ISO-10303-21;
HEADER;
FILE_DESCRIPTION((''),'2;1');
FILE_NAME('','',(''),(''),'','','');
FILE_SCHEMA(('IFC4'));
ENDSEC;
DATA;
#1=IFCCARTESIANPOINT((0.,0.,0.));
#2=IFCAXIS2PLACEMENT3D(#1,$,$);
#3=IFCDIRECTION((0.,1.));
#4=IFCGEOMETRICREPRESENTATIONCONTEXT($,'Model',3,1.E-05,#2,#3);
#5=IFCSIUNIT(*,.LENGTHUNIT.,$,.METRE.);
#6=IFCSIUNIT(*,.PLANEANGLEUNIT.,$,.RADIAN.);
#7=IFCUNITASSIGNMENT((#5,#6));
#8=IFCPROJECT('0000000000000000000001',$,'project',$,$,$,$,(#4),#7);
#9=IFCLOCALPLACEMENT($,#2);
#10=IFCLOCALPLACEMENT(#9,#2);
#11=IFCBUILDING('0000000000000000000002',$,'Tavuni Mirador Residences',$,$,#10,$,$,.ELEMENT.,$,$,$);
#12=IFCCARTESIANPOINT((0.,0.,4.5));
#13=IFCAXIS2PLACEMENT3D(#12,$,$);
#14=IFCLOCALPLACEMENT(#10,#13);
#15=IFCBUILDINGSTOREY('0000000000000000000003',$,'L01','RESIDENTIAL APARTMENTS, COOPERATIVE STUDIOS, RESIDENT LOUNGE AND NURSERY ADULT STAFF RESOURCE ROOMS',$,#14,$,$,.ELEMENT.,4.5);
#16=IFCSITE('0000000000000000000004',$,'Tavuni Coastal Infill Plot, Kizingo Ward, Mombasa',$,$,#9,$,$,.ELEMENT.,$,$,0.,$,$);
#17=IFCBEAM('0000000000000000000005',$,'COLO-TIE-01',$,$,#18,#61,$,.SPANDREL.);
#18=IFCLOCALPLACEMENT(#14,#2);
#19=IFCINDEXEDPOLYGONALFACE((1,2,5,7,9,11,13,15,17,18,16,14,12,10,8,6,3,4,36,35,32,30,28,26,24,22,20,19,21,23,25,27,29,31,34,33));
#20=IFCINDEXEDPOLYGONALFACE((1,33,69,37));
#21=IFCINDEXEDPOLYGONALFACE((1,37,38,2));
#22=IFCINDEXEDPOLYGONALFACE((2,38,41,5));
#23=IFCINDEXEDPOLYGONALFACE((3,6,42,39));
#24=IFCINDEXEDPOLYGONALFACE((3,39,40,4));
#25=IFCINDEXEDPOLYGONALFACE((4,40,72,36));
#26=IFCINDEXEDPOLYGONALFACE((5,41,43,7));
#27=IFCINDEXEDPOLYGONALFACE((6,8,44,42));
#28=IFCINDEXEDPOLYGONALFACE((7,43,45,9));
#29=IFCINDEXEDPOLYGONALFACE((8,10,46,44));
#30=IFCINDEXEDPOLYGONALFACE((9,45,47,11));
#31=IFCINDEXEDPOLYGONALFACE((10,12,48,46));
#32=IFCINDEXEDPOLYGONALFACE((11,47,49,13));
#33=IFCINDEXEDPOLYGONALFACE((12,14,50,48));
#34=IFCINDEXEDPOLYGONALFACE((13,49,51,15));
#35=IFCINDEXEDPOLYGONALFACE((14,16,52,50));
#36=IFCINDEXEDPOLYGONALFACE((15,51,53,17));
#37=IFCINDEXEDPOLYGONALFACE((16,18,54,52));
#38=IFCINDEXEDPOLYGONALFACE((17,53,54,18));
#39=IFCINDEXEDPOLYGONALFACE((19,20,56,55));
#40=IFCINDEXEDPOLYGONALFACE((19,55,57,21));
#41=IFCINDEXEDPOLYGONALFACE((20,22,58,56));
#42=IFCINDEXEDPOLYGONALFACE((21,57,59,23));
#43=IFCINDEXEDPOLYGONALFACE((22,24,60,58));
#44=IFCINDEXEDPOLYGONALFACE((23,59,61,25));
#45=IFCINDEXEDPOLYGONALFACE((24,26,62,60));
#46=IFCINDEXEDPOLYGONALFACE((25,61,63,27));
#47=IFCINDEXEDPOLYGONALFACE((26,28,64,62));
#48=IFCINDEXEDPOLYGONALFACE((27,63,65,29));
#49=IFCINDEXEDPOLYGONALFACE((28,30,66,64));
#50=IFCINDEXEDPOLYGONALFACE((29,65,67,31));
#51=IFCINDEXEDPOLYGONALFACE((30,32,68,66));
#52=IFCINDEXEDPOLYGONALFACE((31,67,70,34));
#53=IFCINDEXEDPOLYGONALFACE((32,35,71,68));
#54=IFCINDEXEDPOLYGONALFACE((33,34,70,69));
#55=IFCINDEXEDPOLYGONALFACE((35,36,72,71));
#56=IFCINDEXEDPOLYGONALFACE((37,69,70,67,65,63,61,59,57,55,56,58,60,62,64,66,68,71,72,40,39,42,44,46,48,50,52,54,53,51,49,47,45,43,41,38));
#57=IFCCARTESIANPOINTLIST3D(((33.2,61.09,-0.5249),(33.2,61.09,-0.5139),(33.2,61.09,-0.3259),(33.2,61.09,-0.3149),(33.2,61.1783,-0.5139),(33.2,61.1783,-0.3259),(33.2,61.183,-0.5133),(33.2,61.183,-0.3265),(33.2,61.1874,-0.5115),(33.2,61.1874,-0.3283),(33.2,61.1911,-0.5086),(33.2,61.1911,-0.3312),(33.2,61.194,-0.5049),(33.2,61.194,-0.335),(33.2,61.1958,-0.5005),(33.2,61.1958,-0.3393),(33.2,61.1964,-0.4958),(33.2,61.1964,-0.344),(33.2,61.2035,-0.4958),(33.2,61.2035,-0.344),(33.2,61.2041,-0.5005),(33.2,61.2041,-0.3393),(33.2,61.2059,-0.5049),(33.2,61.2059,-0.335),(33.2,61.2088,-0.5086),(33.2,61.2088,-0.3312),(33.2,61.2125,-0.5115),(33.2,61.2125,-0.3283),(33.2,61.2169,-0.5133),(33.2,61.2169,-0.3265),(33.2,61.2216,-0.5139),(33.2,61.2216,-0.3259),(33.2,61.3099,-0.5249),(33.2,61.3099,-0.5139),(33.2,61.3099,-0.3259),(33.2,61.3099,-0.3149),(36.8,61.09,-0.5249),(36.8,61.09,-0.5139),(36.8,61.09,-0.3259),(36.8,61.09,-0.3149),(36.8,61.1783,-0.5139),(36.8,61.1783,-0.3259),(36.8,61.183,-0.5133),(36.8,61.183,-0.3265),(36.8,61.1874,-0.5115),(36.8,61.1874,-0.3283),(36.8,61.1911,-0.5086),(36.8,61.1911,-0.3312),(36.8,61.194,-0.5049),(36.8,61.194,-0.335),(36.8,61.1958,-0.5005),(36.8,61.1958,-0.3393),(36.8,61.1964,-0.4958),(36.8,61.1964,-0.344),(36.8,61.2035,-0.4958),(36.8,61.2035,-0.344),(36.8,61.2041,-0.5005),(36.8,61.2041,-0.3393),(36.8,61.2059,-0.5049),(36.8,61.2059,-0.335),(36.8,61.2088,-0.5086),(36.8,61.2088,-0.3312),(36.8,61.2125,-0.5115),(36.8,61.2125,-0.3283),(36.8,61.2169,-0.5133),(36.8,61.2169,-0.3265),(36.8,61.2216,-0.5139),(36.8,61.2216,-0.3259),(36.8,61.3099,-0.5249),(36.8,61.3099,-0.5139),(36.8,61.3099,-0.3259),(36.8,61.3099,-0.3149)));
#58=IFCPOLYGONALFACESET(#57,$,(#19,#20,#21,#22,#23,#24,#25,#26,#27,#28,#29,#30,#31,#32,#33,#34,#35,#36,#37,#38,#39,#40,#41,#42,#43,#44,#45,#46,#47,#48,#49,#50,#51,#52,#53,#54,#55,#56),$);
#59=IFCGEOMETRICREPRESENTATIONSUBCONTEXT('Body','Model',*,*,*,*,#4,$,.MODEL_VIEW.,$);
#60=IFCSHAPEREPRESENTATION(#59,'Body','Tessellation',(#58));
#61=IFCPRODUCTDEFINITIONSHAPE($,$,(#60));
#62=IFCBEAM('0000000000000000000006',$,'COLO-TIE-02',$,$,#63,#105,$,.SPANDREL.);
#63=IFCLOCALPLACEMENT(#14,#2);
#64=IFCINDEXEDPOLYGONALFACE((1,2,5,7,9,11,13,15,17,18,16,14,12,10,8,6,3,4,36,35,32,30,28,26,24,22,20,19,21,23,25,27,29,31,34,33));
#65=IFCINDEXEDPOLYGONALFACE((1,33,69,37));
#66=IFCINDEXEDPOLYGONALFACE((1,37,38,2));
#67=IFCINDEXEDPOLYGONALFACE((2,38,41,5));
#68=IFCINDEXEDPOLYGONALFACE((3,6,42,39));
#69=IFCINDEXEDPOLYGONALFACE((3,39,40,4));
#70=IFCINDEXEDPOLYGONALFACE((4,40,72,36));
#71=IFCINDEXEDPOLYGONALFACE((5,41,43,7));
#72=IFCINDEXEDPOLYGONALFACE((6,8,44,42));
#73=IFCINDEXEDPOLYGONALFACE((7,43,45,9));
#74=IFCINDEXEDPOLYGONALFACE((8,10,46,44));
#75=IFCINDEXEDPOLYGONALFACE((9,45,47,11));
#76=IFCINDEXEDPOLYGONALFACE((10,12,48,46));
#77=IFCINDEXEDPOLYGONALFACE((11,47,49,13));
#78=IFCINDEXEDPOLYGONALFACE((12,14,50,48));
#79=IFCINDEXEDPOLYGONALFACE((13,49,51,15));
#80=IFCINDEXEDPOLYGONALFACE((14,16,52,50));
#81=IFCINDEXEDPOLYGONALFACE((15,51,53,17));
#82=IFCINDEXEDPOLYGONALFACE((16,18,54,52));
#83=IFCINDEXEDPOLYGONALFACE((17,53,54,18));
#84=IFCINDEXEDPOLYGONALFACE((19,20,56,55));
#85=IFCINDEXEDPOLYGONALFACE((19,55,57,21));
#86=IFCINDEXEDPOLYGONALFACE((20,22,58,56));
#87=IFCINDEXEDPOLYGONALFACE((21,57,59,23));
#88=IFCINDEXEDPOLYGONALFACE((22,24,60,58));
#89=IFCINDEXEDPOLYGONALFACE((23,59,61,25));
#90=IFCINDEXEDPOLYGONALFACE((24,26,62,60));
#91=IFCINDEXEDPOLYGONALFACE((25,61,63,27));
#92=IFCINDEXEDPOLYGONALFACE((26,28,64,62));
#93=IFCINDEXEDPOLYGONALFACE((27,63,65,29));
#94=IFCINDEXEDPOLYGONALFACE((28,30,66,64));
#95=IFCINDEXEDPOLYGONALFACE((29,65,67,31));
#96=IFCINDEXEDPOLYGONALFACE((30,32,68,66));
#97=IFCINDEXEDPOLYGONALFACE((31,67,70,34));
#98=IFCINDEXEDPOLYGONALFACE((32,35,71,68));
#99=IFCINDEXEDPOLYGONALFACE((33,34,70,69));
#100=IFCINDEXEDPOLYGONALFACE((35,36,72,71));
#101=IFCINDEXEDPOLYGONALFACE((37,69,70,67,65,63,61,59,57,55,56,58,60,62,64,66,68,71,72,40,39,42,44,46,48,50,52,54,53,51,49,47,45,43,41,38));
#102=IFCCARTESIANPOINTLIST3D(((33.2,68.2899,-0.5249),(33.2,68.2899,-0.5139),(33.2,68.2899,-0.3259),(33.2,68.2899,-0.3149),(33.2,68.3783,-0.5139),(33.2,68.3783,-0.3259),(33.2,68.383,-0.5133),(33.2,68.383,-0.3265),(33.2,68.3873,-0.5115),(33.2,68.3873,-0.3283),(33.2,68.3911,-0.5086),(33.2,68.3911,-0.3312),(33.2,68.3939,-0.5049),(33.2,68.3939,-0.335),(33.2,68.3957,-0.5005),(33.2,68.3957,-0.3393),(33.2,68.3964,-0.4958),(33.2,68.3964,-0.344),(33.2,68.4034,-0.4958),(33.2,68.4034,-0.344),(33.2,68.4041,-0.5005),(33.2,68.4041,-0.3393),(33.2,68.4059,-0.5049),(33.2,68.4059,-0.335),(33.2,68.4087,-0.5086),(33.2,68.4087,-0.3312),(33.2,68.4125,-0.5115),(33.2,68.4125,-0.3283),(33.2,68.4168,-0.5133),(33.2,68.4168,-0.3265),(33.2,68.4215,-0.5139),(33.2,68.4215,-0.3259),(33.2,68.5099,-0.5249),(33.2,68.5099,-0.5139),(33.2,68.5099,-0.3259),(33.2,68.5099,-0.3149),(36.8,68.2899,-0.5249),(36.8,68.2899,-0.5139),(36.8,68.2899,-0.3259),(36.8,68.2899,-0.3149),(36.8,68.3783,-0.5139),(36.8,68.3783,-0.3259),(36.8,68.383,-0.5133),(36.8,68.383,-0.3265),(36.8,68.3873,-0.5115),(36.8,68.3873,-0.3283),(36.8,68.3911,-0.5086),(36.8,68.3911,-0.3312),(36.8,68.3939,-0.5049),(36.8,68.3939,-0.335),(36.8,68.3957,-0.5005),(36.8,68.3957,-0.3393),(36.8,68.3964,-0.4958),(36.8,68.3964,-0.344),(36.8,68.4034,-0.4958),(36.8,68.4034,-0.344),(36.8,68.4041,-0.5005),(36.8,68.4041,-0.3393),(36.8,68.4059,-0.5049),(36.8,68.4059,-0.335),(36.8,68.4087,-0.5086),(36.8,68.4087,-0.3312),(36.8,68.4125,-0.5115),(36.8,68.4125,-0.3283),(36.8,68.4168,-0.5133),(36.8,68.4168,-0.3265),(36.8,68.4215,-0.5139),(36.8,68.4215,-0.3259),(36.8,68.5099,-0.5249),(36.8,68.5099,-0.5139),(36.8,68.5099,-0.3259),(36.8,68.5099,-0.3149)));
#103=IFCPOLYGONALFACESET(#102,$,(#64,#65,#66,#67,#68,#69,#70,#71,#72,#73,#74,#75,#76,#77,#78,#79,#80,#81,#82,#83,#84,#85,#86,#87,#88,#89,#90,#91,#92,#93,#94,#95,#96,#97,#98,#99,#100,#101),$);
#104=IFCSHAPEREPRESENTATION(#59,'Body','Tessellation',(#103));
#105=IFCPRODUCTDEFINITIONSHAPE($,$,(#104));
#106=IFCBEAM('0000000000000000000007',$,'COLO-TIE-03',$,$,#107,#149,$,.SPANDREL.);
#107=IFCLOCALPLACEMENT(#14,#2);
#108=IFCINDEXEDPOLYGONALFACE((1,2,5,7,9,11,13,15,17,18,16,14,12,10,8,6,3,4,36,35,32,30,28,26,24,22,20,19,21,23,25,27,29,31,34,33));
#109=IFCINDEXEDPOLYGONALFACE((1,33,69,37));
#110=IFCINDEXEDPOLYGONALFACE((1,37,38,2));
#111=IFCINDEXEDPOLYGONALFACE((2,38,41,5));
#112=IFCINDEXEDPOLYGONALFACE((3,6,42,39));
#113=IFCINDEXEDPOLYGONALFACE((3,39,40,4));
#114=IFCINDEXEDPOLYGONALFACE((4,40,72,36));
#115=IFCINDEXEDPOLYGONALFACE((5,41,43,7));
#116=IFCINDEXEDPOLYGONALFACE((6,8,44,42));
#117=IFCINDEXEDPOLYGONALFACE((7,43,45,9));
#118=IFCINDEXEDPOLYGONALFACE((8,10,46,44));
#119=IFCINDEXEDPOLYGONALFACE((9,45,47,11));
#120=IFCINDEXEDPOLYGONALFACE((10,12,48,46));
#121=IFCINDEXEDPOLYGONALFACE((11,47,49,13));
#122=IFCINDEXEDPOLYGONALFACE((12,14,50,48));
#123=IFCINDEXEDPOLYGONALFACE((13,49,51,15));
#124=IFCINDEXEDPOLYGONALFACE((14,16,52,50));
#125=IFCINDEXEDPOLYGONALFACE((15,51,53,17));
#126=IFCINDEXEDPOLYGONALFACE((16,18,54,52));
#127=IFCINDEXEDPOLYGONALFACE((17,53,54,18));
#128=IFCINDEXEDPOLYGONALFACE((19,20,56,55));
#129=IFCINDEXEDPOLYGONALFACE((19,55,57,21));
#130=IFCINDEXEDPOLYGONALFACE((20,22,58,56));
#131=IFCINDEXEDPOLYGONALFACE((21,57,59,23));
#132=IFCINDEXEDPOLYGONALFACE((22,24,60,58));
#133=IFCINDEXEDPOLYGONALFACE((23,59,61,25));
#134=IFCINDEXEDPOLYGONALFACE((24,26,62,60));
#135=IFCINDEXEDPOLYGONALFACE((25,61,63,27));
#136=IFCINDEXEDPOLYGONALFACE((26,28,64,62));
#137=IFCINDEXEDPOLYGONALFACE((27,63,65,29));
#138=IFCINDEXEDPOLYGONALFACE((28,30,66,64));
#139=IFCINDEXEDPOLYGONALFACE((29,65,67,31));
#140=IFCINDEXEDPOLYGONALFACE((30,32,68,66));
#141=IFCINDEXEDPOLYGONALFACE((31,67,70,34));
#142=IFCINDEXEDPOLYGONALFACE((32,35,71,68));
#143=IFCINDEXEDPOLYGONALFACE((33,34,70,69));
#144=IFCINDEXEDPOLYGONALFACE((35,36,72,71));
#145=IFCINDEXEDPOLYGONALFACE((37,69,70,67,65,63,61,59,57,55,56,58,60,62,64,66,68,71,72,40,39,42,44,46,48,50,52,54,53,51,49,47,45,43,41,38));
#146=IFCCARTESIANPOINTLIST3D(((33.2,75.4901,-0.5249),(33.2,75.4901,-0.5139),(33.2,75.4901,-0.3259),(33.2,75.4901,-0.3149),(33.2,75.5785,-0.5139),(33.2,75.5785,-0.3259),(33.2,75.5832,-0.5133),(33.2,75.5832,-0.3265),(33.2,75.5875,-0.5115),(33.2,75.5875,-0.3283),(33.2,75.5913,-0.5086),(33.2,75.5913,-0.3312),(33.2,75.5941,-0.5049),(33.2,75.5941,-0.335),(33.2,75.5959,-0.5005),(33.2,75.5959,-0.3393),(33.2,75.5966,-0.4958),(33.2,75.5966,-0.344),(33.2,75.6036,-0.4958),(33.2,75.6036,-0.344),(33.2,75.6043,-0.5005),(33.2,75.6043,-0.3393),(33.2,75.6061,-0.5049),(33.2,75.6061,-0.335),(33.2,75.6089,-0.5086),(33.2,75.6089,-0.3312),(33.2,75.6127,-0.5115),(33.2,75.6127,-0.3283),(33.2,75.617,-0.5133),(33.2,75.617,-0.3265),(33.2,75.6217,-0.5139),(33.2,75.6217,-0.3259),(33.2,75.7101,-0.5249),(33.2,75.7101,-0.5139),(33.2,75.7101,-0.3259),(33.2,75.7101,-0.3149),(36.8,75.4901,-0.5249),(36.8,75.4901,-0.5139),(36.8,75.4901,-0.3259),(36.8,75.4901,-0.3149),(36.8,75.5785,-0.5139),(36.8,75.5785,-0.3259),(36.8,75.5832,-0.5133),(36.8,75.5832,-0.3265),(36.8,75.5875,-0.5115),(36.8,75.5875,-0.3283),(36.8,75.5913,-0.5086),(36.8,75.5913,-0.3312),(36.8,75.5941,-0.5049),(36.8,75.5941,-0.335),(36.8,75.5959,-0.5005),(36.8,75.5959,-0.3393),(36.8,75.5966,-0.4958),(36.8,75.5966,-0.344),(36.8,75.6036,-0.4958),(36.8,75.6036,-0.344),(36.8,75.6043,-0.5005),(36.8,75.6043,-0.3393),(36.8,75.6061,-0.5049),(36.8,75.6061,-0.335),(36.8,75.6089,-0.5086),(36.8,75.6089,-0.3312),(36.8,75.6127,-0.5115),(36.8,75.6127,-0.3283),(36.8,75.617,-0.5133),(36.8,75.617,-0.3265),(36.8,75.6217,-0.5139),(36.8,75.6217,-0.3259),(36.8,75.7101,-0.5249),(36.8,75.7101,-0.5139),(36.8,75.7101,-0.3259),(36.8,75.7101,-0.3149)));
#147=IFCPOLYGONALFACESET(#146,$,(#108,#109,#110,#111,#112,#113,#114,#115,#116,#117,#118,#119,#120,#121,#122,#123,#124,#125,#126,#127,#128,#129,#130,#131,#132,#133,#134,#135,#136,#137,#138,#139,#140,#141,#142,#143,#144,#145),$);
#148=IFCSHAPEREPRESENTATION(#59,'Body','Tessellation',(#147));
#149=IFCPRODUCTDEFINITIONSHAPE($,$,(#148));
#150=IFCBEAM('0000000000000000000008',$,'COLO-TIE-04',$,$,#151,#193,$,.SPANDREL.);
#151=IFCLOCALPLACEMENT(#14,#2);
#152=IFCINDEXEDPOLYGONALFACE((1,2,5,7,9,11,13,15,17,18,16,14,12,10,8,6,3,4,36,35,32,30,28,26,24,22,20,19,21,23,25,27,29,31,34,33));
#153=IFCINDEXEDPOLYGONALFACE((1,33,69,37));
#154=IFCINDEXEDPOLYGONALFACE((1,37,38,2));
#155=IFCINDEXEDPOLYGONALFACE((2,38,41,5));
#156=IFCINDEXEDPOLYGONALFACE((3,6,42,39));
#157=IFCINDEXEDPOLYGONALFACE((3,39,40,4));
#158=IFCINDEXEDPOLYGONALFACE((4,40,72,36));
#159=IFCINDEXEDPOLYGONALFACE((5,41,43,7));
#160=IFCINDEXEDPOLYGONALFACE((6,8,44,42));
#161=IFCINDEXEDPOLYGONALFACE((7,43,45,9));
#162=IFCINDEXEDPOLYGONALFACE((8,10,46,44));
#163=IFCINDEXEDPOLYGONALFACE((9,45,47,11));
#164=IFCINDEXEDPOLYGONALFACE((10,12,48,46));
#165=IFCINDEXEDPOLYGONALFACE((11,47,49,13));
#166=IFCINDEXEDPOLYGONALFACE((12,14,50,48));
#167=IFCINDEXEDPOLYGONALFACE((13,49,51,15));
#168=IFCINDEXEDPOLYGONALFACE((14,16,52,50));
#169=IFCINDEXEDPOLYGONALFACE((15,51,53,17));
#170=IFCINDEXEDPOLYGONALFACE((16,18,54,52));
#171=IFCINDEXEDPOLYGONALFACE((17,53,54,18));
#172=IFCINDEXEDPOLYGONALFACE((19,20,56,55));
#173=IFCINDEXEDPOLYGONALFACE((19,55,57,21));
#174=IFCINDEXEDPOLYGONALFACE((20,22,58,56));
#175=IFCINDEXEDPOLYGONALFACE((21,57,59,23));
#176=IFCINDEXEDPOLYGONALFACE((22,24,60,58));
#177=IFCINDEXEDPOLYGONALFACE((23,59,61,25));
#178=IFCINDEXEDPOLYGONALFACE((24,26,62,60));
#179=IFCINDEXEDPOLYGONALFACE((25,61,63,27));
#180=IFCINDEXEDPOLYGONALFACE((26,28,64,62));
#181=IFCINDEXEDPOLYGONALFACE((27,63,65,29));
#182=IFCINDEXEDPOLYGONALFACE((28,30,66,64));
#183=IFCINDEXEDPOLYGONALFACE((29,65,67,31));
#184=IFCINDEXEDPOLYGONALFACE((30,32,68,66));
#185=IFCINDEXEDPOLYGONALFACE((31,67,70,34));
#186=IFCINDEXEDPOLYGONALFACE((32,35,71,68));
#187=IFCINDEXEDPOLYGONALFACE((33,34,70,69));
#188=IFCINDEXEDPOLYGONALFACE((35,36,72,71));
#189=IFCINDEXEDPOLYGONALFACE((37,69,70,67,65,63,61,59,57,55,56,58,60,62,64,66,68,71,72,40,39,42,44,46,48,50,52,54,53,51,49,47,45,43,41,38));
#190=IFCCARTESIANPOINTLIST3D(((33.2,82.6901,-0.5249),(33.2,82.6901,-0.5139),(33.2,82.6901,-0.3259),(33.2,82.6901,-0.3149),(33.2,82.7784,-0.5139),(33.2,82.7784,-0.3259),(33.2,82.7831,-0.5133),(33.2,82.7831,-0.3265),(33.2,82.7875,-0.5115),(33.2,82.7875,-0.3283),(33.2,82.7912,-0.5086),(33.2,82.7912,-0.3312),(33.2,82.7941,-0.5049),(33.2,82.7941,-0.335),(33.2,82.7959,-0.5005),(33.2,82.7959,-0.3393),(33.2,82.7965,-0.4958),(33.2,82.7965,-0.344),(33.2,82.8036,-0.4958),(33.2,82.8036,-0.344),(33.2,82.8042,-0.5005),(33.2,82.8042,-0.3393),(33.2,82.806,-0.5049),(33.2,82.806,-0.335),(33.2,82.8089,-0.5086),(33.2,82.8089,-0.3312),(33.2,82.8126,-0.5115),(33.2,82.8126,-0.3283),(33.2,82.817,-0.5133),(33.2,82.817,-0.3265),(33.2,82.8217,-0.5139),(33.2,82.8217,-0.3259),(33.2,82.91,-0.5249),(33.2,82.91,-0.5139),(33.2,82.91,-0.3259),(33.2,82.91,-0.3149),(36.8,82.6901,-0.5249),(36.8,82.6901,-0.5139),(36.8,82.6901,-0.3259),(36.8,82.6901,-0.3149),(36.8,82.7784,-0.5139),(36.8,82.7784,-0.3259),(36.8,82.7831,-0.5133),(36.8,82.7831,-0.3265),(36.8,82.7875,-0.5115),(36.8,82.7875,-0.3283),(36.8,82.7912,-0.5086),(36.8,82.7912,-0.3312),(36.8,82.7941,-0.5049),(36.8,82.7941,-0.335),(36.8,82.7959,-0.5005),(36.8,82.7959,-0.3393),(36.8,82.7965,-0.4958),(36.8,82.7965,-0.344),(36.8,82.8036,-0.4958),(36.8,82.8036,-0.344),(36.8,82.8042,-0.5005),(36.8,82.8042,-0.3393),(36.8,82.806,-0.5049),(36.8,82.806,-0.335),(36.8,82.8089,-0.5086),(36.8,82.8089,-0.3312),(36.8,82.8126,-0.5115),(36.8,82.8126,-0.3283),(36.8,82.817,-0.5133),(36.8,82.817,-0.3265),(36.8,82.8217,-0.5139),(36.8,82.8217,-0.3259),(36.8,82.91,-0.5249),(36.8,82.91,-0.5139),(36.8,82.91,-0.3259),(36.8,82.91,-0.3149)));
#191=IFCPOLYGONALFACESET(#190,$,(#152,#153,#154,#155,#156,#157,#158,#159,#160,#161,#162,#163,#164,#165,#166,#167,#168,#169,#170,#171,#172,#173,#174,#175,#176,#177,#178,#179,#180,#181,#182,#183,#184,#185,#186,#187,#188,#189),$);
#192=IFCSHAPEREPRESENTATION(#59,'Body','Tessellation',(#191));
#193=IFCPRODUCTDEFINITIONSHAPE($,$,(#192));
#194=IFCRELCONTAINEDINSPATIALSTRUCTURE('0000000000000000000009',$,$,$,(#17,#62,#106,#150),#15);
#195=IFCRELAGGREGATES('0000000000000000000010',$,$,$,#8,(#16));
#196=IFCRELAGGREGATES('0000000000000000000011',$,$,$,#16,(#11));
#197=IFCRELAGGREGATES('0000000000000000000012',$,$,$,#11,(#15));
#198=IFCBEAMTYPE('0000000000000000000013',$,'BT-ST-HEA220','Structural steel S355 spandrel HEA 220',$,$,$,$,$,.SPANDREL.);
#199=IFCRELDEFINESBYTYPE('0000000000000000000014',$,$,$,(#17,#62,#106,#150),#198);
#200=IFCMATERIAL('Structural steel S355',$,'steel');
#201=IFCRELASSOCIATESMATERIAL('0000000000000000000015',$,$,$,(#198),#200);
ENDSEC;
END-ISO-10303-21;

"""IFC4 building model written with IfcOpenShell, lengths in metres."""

from ifc_helpers import new_model, si_unit, direction, frame, origin, origin_2d, place, context, subcontext, project, spatial, i_section, extrude, material, material_profile, profile_set, type_object, element, save


model = new_model("IFC4")

# Units and contexts
model_context = context("Model", 3, precision=1e-05, world=origin(), true_north=direction((0.0, 1.0)))
body_context = subcontext(model_context, "Body", "Model", "MODEL_VIEW")
ifc_project = project(units=[si_unit("LENGTHUNIT", "METRE"), si_unit("PLANEANGLEUNIT", "RADIAN")], contexts=[model_context])

# Site, building, storey
site_placement = place(None, origin())
site = spatial("IfcSite", under=ifc_project, at=site_placement, Name="Tavuni Coastal Infill Plot, Kizingo Ward, Mombasa", CompositionType="ELEMENT", RefElevation=0.0)
building_placement = place(site_placement, origin())
building = spatial("IfcBuilding", under=site, at=building_placement, Name="Tavuni Mirador Residences", CompositionType="ELEMENT")
storey_placement = place(building_placement, frame((0.0, 0.0, 4.5)))
storey = spatial("IfcBuildingStorey", under=building, at=storey_placement, Name="L01", Description="RESIDENTIAL APARTMENTS, COOPERATIVE STUDIOS, RESIDENT LOUNGE AND NURSERY ADULT STAFF RESOURCE ROOMS", CompositionType="ELEMENT", Elevation=4.5)

# Beams
ifc_material = material(Name="Structural steel S355", Category="steel")
ifc_material_profile_1 = material_profile(ifc_material, i_section(OverallWidth=0.22, OverallDepth=0.21, WebThickness=0.0071, FlangeThickness=0.011, FilletRadius=0.0181, at=origin_2d()), Name="HEA 220", Category="steel")
ifc_profile_set_1 = profile_set([ifc_material_profile_1], Name="Structural steel S355")
beam_type_1 = type_object("IfcBeamType", Name="BT-ST-HEA220", Description="Structural steel S355 spandrel HEA 220", PredefinedType="SPANDREL", material=ifc_profile_set_1)
for number, where, z_axis, x_axis, name in (
    (1, (33.2, 61.2, -0.4199), (1.0, 0.0, 0.0), (0.0, 1.0, 0.0), "COLO-TIE-01"),
    (2, (33.2, 68.3999, -0.4199), (1.0, 0.0, 0.0), (0.0, 1.0, 0.0), "COLO-TIE-02"),
    (3, (33.2, 75.6001, -0.4199), (1.0, 0.0, 0.0), (0.0, 1.0, 0.0), "COLO-TIE-03"),
    (4, (33.2, 82.8, -0.4199), (1.0, 0.0, 0.0), (0.0, 1.0, 0.0), "COLO-TIE-04"),
):
    element("IfcBeam", number, at=place(storey_placement, frame(where, z_axis=z_axis, x_axis=x_axis)), inside=storey, type_object=beam_type_1, Name=name, PredefinedType="SPANDREL", context=body_context, shape_type="SweptSolid", body=[
        extrude(i_section(OverallWidth=0.22, OverallDepth=0.21, WebThickness=0.0071, FlangeThickness=0.011, FilletRadius=0.0181, at=origin_2d()), origin(), (0.0, 0.0, 1.0), 3.6001),
    ])

save(model, "model.ifc")
